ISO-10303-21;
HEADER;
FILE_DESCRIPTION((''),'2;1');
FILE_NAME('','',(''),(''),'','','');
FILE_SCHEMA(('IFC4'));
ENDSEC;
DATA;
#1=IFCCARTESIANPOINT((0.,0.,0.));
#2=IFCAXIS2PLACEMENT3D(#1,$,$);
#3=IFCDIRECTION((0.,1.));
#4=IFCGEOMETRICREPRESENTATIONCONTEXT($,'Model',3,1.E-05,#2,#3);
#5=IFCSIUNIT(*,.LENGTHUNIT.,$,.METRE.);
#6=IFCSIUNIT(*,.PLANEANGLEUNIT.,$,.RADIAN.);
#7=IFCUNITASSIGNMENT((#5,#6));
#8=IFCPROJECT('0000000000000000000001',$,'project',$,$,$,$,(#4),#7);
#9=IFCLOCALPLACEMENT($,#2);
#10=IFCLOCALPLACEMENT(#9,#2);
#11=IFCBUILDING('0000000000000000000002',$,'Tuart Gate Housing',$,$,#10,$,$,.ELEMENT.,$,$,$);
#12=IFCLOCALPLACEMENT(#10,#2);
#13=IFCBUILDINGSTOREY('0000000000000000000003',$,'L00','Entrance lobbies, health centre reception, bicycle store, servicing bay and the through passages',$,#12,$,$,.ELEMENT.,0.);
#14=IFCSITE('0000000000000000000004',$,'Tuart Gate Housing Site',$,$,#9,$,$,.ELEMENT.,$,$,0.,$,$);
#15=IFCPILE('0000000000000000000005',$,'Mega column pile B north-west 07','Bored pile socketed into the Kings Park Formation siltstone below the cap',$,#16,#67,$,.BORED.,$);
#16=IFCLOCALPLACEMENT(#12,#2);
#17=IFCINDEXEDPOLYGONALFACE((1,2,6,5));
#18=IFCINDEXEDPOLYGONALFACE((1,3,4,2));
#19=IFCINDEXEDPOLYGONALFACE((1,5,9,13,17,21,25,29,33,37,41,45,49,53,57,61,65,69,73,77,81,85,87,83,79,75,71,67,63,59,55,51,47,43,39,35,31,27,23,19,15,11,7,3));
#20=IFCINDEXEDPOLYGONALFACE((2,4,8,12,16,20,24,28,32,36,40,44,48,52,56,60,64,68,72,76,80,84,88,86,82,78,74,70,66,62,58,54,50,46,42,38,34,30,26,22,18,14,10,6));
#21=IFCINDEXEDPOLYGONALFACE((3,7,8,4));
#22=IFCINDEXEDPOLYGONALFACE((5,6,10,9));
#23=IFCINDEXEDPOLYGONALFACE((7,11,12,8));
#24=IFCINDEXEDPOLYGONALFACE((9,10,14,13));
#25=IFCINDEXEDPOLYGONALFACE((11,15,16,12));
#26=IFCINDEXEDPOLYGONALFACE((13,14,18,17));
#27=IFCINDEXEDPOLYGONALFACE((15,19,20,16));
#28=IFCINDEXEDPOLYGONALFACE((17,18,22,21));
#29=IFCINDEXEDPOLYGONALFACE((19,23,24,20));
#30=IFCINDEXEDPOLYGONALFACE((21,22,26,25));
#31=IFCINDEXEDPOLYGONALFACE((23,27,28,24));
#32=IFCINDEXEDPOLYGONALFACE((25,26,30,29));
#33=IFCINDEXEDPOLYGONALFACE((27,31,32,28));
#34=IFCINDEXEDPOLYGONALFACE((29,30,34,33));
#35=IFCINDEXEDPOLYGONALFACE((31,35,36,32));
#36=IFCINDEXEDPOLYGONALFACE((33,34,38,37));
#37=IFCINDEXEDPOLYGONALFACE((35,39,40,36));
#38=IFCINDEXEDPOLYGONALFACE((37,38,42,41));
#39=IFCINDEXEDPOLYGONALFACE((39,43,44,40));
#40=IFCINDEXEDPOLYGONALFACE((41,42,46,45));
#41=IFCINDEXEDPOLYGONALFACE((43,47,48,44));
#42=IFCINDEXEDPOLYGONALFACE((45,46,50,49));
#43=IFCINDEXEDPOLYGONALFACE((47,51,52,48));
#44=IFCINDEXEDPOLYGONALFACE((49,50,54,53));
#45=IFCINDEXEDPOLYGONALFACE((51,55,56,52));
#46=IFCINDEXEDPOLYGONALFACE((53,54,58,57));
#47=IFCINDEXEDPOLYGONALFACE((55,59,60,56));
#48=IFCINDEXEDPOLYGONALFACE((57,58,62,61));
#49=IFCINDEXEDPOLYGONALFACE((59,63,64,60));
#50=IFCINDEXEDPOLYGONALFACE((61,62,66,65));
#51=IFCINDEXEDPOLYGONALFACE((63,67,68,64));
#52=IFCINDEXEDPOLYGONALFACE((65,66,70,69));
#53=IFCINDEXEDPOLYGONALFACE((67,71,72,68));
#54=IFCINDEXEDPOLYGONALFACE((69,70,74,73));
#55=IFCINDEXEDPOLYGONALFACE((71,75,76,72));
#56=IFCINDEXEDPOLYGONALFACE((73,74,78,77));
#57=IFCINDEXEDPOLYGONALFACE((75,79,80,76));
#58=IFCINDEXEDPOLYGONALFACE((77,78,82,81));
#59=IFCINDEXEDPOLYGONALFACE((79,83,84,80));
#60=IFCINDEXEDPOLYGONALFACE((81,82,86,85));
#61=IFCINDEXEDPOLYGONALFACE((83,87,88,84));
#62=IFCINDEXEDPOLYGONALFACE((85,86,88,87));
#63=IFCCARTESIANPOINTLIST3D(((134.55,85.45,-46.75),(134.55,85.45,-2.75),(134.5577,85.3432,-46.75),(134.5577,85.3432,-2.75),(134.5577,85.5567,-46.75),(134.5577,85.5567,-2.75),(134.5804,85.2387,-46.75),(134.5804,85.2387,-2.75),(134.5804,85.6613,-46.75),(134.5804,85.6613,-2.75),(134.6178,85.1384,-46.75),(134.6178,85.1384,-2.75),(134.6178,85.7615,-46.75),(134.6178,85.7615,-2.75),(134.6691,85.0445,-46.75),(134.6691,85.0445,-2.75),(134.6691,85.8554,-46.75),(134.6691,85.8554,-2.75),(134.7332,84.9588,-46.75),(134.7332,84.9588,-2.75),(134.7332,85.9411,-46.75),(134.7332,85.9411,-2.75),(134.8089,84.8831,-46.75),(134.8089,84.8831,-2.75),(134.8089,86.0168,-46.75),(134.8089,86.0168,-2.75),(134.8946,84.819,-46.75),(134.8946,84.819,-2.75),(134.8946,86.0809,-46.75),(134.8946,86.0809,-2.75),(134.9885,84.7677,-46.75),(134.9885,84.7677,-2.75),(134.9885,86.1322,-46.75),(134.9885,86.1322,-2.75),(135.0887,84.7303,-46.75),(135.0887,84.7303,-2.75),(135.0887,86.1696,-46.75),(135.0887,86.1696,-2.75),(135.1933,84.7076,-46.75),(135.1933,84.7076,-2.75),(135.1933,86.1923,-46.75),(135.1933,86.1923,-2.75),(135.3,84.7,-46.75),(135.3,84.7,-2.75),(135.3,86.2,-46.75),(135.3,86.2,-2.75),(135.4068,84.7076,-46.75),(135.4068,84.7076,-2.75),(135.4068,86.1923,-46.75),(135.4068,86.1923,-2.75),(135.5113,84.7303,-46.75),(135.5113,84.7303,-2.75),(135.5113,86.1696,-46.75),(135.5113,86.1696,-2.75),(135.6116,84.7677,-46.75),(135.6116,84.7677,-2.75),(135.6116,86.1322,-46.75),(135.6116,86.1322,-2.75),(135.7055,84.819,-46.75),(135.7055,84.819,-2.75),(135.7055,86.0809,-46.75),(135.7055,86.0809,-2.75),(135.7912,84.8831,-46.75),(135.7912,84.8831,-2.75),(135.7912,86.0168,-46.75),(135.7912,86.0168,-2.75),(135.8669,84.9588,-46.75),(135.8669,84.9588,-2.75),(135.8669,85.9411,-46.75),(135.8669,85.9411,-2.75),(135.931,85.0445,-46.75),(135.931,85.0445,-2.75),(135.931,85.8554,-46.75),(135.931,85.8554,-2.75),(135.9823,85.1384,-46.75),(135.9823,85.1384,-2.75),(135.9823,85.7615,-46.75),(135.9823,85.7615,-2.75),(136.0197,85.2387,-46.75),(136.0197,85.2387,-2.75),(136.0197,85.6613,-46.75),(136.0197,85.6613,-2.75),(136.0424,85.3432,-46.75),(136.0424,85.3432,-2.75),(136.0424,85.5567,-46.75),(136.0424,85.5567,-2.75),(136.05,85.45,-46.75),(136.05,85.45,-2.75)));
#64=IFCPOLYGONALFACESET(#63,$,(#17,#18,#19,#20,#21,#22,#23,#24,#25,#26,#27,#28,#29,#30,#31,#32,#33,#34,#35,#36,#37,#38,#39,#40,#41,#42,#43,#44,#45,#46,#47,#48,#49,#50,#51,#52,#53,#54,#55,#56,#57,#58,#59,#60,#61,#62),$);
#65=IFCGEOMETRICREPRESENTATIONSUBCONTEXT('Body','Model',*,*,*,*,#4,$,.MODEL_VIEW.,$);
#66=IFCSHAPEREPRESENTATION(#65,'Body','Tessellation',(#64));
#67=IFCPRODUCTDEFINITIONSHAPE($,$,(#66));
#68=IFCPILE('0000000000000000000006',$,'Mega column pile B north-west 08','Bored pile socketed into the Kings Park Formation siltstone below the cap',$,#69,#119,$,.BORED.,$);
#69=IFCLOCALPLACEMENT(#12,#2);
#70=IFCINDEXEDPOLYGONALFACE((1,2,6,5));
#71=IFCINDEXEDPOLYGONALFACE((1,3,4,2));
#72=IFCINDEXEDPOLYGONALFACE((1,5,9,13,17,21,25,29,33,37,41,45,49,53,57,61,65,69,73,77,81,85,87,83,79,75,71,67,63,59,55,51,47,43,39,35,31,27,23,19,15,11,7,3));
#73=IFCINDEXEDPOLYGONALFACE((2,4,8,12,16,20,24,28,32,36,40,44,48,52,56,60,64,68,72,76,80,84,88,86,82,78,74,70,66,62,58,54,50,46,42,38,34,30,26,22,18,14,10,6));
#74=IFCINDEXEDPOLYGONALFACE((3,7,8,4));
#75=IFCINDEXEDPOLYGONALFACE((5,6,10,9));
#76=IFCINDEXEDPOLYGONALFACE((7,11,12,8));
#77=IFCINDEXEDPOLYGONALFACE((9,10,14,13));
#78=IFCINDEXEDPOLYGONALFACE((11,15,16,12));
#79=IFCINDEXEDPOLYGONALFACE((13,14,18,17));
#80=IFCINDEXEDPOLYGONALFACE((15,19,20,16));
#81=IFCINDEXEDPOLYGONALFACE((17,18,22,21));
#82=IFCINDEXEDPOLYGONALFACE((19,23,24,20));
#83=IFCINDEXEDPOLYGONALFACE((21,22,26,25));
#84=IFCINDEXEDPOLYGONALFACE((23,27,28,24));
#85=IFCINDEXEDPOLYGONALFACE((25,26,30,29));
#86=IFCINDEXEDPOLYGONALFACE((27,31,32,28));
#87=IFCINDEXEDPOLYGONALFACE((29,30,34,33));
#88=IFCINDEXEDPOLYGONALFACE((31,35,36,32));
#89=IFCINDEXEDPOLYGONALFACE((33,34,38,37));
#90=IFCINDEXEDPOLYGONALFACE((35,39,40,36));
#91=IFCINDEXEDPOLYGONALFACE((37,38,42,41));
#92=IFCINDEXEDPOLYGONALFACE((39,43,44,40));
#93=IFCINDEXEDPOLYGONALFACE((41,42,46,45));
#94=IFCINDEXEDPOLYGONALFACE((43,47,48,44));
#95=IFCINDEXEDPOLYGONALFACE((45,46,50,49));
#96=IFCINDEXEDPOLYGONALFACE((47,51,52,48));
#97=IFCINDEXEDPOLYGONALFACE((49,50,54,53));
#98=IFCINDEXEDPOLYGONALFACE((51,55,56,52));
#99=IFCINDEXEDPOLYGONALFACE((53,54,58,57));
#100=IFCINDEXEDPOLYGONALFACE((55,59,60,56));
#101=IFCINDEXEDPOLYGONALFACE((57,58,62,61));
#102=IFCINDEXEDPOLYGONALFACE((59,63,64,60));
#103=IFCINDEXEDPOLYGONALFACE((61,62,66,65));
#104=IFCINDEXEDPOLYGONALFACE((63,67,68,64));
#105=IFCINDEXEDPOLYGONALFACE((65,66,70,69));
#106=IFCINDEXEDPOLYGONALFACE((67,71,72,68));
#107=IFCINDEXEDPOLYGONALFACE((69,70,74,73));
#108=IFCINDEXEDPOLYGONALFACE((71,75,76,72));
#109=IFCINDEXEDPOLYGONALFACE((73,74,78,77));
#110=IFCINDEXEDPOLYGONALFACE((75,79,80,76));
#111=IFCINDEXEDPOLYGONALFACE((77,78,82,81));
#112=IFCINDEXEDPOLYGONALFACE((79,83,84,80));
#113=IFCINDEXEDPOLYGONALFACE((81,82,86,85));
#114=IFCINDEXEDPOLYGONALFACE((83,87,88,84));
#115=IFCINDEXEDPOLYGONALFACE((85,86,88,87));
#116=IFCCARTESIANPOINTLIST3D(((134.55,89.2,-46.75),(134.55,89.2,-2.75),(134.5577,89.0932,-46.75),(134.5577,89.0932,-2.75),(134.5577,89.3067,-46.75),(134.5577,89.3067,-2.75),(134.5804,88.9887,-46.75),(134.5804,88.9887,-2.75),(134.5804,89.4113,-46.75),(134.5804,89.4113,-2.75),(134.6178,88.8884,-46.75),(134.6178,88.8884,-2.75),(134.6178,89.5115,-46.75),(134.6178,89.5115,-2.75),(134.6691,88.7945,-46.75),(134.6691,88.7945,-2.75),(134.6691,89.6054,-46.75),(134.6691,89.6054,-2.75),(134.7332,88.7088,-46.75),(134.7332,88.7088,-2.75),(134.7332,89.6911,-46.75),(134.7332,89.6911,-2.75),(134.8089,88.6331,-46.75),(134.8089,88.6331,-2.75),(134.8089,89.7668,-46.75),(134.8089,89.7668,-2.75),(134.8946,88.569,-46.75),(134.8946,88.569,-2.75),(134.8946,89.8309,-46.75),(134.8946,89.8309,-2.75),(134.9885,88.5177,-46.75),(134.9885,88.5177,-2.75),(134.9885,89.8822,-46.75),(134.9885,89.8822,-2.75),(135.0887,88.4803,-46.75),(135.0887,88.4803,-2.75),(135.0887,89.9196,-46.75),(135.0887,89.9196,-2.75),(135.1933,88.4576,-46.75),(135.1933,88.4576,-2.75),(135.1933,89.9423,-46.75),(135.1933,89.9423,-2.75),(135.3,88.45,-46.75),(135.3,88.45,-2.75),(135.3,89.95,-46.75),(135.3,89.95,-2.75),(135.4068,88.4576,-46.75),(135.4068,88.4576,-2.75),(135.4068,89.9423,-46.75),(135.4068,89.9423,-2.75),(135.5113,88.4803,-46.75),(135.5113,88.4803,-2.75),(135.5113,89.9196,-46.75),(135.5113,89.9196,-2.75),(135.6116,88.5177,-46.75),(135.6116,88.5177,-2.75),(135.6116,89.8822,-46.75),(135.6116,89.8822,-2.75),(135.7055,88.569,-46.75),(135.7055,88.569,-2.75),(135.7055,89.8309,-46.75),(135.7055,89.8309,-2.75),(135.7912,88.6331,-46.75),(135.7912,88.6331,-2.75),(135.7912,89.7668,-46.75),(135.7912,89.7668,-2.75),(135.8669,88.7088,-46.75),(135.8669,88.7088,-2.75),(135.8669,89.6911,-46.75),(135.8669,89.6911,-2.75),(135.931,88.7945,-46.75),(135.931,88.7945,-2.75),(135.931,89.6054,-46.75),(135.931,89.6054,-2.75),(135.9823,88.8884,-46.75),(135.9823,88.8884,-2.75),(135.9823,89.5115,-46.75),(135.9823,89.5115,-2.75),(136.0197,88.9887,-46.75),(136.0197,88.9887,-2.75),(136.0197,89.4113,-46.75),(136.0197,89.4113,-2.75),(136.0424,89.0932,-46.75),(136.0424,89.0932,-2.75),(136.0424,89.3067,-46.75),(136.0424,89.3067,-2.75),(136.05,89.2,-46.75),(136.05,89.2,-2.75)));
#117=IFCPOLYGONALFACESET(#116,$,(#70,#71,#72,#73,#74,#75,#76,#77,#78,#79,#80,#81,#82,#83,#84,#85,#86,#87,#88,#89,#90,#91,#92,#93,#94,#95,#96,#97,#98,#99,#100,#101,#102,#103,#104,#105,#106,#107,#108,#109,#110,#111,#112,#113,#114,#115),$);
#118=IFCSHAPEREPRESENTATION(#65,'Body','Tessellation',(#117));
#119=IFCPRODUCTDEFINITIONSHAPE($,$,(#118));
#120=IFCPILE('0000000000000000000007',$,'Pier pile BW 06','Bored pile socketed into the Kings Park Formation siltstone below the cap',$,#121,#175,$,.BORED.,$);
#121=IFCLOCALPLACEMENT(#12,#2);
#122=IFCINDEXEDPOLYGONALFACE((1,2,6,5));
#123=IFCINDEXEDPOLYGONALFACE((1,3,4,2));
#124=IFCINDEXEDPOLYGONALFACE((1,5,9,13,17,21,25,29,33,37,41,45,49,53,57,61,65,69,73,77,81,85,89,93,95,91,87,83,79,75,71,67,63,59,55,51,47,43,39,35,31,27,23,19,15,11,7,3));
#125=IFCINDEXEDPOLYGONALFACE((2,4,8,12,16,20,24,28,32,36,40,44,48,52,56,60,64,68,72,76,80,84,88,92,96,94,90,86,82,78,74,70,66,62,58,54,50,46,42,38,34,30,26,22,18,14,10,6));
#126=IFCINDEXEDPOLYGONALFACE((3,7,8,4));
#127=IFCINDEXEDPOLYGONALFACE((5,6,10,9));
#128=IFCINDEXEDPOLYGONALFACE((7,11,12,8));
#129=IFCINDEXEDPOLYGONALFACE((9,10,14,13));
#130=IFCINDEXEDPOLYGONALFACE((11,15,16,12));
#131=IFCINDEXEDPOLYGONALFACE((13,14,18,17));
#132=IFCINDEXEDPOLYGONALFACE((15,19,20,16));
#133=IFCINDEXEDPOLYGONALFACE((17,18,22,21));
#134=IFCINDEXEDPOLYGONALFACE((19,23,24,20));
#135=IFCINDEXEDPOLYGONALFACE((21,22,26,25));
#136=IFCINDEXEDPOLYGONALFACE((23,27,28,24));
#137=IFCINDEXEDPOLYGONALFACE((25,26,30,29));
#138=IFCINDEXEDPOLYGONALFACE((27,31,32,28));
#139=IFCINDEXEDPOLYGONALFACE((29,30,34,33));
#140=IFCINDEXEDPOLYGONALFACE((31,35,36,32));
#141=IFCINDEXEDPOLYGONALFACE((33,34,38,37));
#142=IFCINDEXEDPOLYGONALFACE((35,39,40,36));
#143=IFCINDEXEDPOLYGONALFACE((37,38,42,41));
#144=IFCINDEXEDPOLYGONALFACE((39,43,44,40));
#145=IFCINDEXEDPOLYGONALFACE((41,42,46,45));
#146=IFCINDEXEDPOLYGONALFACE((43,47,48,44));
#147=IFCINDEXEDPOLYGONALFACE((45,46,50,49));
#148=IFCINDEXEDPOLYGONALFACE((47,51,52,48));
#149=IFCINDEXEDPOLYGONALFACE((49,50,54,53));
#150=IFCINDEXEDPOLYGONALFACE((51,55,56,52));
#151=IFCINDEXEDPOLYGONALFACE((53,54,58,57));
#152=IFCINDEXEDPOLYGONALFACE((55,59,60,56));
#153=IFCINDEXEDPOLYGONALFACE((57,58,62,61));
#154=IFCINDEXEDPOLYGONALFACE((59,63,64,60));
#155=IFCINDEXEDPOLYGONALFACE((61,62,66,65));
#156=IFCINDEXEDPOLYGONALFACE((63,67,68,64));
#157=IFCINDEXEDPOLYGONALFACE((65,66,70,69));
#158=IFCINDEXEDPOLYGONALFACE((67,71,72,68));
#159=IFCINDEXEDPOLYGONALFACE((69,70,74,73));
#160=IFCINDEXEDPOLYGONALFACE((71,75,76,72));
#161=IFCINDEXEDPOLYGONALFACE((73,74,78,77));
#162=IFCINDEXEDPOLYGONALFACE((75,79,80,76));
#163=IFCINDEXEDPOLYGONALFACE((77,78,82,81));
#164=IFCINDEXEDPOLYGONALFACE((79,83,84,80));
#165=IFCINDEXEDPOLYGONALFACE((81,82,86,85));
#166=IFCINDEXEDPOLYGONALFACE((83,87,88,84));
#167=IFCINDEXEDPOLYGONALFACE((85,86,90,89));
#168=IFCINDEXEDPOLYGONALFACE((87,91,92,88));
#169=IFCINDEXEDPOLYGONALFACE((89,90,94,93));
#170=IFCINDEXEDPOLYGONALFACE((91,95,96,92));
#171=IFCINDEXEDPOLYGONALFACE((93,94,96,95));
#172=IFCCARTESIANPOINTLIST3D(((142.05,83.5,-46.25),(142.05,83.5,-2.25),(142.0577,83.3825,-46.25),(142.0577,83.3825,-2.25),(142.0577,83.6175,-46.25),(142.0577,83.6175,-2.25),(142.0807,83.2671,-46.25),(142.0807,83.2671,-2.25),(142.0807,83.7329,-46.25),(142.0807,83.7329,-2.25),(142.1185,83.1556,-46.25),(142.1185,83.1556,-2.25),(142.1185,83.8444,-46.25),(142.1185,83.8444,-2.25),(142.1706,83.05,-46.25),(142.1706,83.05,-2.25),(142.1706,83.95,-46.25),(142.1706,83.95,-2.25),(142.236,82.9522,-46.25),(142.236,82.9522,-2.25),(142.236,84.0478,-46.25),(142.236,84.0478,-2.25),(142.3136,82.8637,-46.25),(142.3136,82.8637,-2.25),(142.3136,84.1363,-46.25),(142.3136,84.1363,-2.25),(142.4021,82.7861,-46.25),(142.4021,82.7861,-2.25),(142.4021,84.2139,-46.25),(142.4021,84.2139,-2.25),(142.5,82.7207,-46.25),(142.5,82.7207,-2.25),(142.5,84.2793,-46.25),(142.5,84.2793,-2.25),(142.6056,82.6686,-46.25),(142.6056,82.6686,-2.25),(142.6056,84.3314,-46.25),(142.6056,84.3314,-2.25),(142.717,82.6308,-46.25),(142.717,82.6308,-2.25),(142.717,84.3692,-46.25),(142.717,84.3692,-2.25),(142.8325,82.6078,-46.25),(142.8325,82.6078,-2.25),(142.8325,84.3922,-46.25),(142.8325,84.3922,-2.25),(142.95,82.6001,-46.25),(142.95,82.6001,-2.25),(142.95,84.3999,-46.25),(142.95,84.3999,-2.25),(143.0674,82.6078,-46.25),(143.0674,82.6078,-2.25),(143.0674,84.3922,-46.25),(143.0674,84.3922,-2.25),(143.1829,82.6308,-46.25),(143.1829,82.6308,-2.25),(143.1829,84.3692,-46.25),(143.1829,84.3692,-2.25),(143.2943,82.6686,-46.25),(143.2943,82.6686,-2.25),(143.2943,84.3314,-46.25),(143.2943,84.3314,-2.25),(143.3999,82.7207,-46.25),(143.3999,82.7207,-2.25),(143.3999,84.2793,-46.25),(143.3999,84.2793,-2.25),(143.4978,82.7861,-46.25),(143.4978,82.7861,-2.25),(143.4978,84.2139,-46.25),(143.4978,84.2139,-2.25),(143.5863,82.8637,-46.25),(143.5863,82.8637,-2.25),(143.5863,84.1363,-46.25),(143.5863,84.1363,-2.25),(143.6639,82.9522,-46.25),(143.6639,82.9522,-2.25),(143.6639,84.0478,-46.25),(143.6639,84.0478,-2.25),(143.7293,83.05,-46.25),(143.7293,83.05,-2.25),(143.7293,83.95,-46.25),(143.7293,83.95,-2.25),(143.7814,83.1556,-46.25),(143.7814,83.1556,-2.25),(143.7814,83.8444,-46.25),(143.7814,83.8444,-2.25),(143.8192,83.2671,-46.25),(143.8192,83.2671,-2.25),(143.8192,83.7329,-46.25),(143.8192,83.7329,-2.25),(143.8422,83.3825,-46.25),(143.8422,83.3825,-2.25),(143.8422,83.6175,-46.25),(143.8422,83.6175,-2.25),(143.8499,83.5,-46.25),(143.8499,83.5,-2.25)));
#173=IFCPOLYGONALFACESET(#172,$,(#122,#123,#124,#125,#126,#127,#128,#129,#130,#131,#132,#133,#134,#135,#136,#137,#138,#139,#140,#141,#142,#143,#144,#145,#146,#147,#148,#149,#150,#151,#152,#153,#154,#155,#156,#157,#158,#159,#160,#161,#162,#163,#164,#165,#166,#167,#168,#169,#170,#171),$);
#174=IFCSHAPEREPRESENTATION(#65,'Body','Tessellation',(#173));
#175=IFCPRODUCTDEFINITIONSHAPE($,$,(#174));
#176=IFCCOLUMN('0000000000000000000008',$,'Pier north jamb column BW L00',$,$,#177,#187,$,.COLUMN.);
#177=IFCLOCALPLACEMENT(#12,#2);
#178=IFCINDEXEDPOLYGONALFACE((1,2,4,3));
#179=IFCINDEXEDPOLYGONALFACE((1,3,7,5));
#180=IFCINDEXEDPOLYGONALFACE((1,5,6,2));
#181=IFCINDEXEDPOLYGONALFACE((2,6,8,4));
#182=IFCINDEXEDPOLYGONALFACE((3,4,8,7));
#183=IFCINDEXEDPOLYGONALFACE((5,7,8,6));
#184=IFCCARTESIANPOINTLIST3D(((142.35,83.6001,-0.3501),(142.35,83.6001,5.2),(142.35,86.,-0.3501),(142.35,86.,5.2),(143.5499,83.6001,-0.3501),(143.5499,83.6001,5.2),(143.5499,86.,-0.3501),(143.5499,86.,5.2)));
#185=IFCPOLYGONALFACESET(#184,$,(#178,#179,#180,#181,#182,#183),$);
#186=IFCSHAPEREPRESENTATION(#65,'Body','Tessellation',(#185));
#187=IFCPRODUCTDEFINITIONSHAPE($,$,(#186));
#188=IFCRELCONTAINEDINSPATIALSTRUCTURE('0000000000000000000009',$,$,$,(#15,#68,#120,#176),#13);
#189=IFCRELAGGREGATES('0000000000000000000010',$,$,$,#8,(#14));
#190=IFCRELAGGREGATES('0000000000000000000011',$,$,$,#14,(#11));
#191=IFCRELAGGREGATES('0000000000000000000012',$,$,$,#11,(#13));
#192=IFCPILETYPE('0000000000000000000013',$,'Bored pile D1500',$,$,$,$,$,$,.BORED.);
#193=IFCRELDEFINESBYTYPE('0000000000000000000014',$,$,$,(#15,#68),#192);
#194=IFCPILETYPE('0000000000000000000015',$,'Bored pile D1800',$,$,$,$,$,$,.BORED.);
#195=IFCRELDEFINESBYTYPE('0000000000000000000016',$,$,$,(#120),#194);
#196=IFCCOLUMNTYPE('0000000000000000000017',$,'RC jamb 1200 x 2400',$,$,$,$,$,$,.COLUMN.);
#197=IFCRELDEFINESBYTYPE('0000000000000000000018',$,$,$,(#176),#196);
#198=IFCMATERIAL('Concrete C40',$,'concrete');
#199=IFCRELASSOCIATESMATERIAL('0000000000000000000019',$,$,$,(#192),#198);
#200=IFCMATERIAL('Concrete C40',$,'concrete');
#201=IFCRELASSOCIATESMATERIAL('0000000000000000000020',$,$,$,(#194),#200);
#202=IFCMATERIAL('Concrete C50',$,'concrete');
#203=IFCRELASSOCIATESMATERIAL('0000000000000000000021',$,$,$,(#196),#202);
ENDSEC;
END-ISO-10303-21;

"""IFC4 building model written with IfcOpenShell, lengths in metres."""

from ifc_helpers import new_model, si_unit, direction, frame, origin, origin_2d, place, context, subcontext, project, spatial, rectangle, circle, extrude, material, material_profile, profile_set, type_object, element, save


model = new_model("IFC4")

# Units and contexts
model_context = context("Model", 3, precision=1e-05, world=origin(), true_north=direction((0.0, 1.0)))
body_context = subcontext(model_context, "Body", "Model", "MODEL_VIEW")
ifc_project = project(units=[si_unit("LENGTHUNIT", "METRE"), si_unit("PLANEANGLEUNIT", "RADIAN")], contexts=[model_context])

# Site, building, storey
site_placement = place(None, origin())
site = spatial("IfcSite", under=ifc_project, at=site_placement, Name="Tuart Gate Housing Site", CompositionType="ELEMENT", RefElevation=0.0)
building_placement = place(site_placement, origin())
building = spatial("IfcBuilding", under=site, at=building_placement, Name="Tuart Gate Housing", CompositionType="ELEMENT")
storey_placement = place(building_placement, origin())
storey = spatial("IfcBuildingStorey", under=building, at=storey_placement, Name="L00", Description="Entrance lobbies, health centre reception, bicycle store, servicing bay and the through passages", CompositionType="ELEMENT", Elevation=0.0)

# Piles
ifc_material_1 = material(Name="Concrete C40", Category="concrete")
ifc_material_profile_1 = material_profile(ifc_material_1, circle(Radius=0.75, at=origin_2d()), Name="Bored pile D1500")
ifc_profile_set_1 = profile_set([ifc_material_profile_1], Name="Concrete C40")
pile_type_1 = type_object("IfcPileType", Name="Bored pile D1500", PredefinedType="BORED", material=ifc_profile_set_1)
for number, where, z_axis, x_axis, name in (
    (1, (135.3, 85.45, -2.75), (0.0, 0.0, -1.0), (1.0, 0.0, 0.0), "Mega column pile B north-west 07"),
    (2, (135.3, 89.2, -2.75), (0.0, 0.0, -1.0), (1.0, 0.0, 0.0), "Mega column pile B north-west 08"),
):
    element("IfcPile", number, at=place(storey_placement, frame(where, z_axis=z_axis, x_axis=x_axis)), inside=storey, type_object=pile_type_1, Name=name, Description="Bored pile socketed into the Kings Park Formation siltstone below the cap", PredefinedType="BORED", context=body_context, shape_type="SweptSolid", body=[
        extrude(circle(Radius=0.75, at=origin_2d()), origin(), (0.0, 0.0, 1.0), 44.0),
    ])
ifc_material_2 = material(Name="Concrete C40", Category="concrete")
ifc_material_profile_2 = material_profile(ifc_material_2, circle(Radius=0.8999, at=origin_2d()), Name="Bored pile D1800")
ifc_profile_set_2 = profile_set([ifc_material_profile_2], Name="Concrete C40")
pile_type_2 = type_object("IfcPileType", Name="Bored pile D1800", PredefinedType="BORED", material=ifc_profile_set_2)
pile_placement = place(storey_placement, frame((142.95, 83.5, -2.25), z_axis=(0.0, 0.0, -1.0), x_axis=(1.0, 0.0, 0.0)))
element("IfcPile", 3, at=pile_placement, inside=storey, type_object=pile_type_2, Name="Pier pile BW 06", Description="Bored pile socketed into the Kings Park Formation siltstone below the cap", PredefinedType="BORED", context=body_context, shape_type="SweptSolid", body=[
    extrude(circle(Radius=0.8999, at=origin_2d()), origin(), (0.0, 0.0, 1.0), 44.0),
])

# Column
ifc_material_3 = material(Name="Concrete C50", Category="concrete")
ifc_material_profile_3 = material_profile(ifc_material_3, rectangle(XDim=1.2, YDim=2.3999, at=origin_2d()), Name="RC jamb 1200 x 2400")
ifc_profile_set_3 = profile_set([ifc_material_profile_3], Name="Concrete C50")
column_type = type_object("IfcColumnType", Name="RC jamb 1200 x 2400", PredefinedType="COLUMN", material=ifc_profile_set_3)
column_placement = place(storey_placement, frame((142.95, 84.8, -0.3501), z_axis=(0.0, 0.0, 1.0), x_axis=(1.0, 0.0, 0.0)))
element("IfcColumn", 4, at=column_placement, inside=storey, type_object=column_type, Name="Pier north jamb column BW L00", PredefinedType="COLUMN", context=body_context, shape_type="SweptSolid", body=[
    extrude(rectangle(XDim=1.2, YDim=2.3999, at=origin_2d()), origin(), (0.0, 0.0, 1.0), 5.55),
])

save(model, "model.ifc")
